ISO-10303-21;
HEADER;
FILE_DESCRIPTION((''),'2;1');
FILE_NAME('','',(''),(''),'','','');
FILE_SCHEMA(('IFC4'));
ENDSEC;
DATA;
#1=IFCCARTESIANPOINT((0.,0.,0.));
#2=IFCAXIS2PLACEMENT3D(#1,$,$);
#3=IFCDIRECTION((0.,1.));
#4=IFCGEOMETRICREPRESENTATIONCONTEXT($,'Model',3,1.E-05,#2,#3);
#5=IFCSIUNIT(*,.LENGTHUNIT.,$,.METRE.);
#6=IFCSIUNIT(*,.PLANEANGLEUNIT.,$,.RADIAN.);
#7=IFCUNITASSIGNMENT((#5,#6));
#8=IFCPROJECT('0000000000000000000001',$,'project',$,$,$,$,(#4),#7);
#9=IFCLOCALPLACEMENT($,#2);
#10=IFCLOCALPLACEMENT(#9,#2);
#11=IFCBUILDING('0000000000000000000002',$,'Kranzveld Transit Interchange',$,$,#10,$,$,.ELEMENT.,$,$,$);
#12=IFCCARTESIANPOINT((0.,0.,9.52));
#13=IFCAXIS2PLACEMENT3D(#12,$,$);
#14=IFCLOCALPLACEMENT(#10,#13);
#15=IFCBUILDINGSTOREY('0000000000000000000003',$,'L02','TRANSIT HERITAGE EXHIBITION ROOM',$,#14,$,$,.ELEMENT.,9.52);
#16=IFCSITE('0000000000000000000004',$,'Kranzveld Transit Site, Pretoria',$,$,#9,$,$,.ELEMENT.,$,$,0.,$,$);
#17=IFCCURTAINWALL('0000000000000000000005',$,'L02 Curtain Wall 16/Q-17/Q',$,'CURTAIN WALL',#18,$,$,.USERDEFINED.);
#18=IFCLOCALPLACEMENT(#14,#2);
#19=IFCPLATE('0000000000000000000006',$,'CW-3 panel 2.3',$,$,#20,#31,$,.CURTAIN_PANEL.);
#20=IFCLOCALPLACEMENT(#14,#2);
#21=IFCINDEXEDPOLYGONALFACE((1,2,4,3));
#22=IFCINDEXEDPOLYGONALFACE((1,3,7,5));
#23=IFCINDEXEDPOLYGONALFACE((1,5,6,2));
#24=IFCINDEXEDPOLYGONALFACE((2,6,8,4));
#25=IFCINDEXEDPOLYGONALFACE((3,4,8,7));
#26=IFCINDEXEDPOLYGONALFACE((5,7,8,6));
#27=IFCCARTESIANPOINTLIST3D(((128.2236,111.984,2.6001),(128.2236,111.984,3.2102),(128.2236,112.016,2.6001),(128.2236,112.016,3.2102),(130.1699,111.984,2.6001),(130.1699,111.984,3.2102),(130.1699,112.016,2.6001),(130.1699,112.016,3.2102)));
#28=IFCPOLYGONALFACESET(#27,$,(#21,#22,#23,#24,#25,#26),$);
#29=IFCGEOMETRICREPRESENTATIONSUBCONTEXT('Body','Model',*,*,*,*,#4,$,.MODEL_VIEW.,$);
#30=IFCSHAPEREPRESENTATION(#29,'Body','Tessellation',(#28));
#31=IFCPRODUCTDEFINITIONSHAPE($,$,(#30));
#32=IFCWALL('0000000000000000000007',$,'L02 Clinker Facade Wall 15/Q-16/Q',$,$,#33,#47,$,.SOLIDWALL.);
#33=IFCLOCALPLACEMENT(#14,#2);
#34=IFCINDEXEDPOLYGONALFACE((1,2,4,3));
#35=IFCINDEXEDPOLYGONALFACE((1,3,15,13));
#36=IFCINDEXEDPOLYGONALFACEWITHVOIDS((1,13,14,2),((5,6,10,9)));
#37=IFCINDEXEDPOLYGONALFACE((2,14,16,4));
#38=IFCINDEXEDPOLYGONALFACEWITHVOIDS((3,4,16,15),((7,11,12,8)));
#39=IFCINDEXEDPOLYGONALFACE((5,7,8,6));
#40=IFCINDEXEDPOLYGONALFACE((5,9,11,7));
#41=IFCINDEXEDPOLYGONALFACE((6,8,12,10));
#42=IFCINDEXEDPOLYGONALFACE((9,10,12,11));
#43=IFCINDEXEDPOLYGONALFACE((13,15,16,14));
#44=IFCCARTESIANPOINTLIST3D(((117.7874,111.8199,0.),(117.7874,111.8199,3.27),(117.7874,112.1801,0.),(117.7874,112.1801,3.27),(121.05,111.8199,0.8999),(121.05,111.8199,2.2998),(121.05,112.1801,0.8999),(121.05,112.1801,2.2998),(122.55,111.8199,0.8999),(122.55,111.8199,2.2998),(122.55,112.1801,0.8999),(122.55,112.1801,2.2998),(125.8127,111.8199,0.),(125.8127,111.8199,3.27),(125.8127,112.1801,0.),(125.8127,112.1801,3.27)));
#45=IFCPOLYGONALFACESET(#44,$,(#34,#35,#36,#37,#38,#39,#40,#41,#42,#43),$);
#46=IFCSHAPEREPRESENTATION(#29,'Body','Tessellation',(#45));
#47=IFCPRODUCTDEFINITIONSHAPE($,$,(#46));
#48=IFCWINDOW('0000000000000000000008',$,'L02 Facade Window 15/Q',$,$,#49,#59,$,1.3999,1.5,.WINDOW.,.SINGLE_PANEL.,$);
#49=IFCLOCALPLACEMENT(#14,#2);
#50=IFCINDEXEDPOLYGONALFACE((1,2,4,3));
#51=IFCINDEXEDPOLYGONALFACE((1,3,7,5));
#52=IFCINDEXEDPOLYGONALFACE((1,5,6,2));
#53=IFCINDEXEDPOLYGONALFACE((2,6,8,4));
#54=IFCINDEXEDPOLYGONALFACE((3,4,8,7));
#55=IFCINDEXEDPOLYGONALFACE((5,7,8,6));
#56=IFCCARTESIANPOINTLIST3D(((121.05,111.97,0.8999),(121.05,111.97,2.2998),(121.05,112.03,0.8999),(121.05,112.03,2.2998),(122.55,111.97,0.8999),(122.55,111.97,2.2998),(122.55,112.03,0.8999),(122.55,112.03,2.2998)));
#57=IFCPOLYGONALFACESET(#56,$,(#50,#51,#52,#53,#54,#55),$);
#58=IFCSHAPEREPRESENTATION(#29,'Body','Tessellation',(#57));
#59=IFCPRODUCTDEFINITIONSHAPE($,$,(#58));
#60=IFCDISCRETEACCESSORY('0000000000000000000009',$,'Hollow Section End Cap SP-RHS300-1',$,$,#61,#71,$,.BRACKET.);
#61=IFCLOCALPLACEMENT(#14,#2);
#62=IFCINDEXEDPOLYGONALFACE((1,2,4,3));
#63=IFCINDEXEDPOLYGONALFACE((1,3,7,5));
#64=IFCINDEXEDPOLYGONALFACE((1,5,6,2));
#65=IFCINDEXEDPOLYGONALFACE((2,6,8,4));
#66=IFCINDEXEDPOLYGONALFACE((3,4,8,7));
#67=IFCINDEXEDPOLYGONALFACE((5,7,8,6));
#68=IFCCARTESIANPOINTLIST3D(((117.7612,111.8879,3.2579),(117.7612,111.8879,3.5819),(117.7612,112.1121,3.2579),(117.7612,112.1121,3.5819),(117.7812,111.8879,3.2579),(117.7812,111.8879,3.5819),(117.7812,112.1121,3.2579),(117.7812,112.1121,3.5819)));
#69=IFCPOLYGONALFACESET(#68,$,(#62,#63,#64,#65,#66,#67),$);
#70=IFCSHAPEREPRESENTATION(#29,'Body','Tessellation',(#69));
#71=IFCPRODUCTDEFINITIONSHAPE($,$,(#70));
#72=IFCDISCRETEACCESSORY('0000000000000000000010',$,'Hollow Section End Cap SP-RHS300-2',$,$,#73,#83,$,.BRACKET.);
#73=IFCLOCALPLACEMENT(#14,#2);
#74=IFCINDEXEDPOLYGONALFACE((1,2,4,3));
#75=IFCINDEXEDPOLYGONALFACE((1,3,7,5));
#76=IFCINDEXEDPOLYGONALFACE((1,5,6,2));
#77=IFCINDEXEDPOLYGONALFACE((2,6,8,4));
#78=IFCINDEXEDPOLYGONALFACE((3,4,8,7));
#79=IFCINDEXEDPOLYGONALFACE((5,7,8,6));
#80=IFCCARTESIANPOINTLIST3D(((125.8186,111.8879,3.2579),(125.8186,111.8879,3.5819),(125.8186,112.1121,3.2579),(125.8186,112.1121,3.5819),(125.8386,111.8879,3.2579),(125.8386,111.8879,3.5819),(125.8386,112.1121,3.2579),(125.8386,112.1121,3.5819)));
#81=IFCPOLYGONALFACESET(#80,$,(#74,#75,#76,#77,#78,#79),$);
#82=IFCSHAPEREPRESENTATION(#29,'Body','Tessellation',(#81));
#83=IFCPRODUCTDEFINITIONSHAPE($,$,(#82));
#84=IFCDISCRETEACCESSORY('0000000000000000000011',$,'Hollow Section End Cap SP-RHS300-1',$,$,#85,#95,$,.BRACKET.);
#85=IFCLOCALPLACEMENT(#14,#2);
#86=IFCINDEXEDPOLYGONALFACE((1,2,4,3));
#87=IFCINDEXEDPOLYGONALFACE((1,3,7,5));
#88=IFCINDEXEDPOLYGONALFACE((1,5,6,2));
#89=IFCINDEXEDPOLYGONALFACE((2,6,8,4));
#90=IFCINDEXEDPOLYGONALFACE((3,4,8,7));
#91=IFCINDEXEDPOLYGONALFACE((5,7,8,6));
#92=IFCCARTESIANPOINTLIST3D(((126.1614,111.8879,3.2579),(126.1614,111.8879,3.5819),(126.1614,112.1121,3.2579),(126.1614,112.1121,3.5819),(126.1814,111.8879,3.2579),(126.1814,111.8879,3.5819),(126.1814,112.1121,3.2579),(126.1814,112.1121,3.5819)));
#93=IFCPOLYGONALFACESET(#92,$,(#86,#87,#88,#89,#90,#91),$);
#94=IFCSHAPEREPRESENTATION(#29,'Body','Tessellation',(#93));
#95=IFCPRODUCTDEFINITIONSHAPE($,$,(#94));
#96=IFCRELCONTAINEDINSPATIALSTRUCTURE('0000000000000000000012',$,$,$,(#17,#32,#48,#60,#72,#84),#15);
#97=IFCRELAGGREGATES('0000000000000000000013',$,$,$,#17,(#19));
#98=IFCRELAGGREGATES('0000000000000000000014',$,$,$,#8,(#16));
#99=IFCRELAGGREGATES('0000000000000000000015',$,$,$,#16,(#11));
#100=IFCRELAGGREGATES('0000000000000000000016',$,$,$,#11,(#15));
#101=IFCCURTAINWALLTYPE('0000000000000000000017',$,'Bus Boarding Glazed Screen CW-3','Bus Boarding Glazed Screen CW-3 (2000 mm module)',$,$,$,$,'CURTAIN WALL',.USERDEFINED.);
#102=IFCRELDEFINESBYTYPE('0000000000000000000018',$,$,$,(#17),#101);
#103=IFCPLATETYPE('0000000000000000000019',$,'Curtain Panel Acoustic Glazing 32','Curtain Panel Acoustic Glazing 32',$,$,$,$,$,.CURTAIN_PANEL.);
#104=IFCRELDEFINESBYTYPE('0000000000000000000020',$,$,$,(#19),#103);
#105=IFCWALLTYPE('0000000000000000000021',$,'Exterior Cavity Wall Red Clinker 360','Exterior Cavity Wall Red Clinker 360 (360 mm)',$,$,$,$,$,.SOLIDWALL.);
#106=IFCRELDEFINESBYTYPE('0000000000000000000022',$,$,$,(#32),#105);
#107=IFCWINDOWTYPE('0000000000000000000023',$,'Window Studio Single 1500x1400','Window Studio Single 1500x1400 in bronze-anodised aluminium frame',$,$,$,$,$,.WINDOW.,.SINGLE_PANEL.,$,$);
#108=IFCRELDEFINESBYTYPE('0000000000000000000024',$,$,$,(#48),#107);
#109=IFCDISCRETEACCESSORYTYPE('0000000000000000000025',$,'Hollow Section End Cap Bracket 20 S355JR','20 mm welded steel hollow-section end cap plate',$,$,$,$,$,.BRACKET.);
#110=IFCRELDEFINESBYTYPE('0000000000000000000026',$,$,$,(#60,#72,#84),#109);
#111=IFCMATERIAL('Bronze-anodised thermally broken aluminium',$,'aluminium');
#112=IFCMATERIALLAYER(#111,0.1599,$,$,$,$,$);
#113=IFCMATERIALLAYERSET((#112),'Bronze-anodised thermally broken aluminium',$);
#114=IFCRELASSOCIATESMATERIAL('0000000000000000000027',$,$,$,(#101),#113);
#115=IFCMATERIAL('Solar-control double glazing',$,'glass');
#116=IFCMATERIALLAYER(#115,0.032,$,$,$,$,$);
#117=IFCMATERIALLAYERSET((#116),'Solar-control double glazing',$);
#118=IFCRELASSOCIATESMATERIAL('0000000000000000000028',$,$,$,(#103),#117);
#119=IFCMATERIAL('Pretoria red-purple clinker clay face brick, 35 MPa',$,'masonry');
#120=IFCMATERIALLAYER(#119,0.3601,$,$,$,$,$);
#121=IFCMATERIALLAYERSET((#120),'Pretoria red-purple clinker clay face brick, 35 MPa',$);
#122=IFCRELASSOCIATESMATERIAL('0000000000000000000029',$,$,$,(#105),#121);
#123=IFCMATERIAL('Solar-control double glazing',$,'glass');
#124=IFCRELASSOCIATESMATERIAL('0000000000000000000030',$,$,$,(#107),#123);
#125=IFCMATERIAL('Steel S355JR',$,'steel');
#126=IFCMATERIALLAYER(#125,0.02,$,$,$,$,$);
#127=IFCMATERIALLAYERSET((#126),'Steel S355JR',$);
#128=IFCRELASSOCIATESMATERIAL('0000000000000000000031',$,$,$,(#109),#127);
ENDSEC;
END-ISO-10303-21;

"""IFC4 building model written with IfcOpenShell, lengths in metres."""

from ifc_helpers import new_model, si_unit, direction, frame, frame_2d, origin, origin_2d, place, context, subcontext, project, spatial, rectangle, extrude, material, layer, layer_set, type_object, element, fill, aggregate, save


model = new_model("IFC4")

# Units and contexts
model_context = context("Model", 3, precision=1e-05, world=origin(), true_north=direction((0.0, 1.0)))
body_context = subcontext(model_context, "Body", "Model", "MODEL_VIEW")
ifc_project = project(units=[si_unit("LENGTHUNIT", "METRE"), si_unit("PLANEANGLEUNIT", "RADIAN")], contexts=[model_context])

# Site, building, storey
site_placement = place(None, origin())
site = spatial("IfcSite", under=ifc_project, at=site_placement, Name="Kranzveld Transit Site, Pretoria", CompositionType="ELEMENT", RefElevation=0.0)
building_placement = place(site_placement, origin())
building = spatial("IfcBuilding", under=site, at=building_placement, Name="Kranzveld Transit Interchange", CompositionType="ELEMENT")
storey_placement = place(building_placement, frame((0.0, 0.0, 9.52)))
storey = spatial("IfcBuildingStorey", under=building, at=storey_placement, Name="L02", Description="TRANSIT HERITAGE EXHIBITION ROOM", CompositionType="ELEMENT", Elevation=9.52)

# Curtain wall
ifc_material_1 = material(Name="Bronze-anodised thermally broken aluminium", Category="aluminium")
ifc_layer_1 = layer(ifc_material_1, 0.1599)
ifc_layer_set_1 = layer_set([ifc_layer_1], Name="Bronze-anodised thermally broken aluminium")
curtain_wall_type = type_object("IfcCurtainWallType", Name="Bus Boarding Glazed Screen CW-3", Description="Bus Boarding Glazed Screen CW-3 (2000 mm module)", ElementType="CURTAIN WALL", PredefinedType="USERDEFINED", material=ifc_layer_set_1)
curtain_wall_placement = place(storey_placement, origin())
curtain_wall = element("IfcCurtainWall", 1, at=curtain_wall_placement, inside=storey, type_object=curtain_wall_type, Name="L02 Curtain Wall 16/Q-17/Q", ObjectType="CURTAIN WALL", PredefinedType="USERDEFINED")

# Plate
ifc_material_2 = material(Name="Solar-control double glazing", Category="glass")
ifc_layer_2 = layer(ifc_material_2, 0.032)
ifc_layer_set_2 = layer_set([ifc_layer_2], Name="Solar-control double glazing")
plate_type = type_object("IfcPlateType", Name="Curtain Panel Acoustic Glazing 32", Description="Curtain Panel Acoustic Glazing 32", PredefinedType="CURTAIN_PANEL", material=ifc_layer_set_2)
plate_1_placement = place(storey_placement, frame((129.1968, 112.0, 2.6001), z_axis=(0.0, 0.0, 1.0), x_axis=(1.0, 0.0, 0.0)))
plate_1 = element("IfcPlate", 2, at=plate_1_placement, type_object=plate_type, Name="CW-3 panel 2.3", PredefinedType="CURTAIN_PANEL", context=body_context, shape_type="SweptSolid", body=[
    extrude(rectangle(XDim=1.9463, YDim=0.032, at=origin_2d()), origin(), (0.0, 0.0, 1.0), 0.6101),
])
aggregate(curtain_wall, [plate_1])

# Wall, opening, window
ifc_material_3 = material(Name="Pretoria red-purple clinker clay face brick, 35 MPa", Category="masonry")
ifc_layer_3 = layer(ifc_material_3, 0.3601)
ifc_layer_set_3 = layer_set([ifc_layer_3], Name="Pretoria red-purple clinker clay face brick, 35 MPa")
wall_type = type_object("IfcWallType", Name="Exterior Cavity Wall Red Clinker 360", Description="Exterior Cavity Wall Red Clinker 360 (360 mm)", PredefinedType="SOLIDWALL", material=ifc_layer_set_3)
wall_placement = place(storey_placement, frame((117.7874, 112.0, 0.0), z_axis=(0.0, 0.0, 1.0), x_axis=(1.0, 0.0, 0.0)))
wall = element("IfcWall", 3, at=wall_placement, inside=storey, type_object=wall_type, Name="L02 Clinker Facade Wall 15/Q-16/Q", PredefinedType="SOLIDWALL", context=body_context, shape_type="SweptSolid", body=[
    extrude(rectangle(XDim=8.0254, YDim=0.3601, at=frame_2d((4.0127, 0.0))), origin(), (0.0, 0.0, 1.0), 3.27),
])
opening_placement = place(wall_placement, frame((3.2627, 0.0, 0.8999), z_axis=(0.0, 0.0, 1.0), x_axis=(1.0, 0.0, 0.0)))
opening = element("IfcOpeningElement", 4, at=opening_placement, cuts=wall, PredefinedType="OPENING", context=body_context, shape_type="SweptSolid", body=[
    extrude(rectangle(XDim=1.5, YDim=1.3999, at=frame_2d((0.75, 0.7))), frame((0.0, 0.1899, 0.0), z_axis=(0.0, -1.0, 0.0), x_axis=(1.0, 0.0, 0.0)), (0.0, 0.0, 1.0), 0.3801),
])
ifc_material_4 = material(Name="Solar-control double glazing", Category="glass")
window_type = type_object("IfcWindowType", Name="Window Studio Single 1500x1400", Description="Window Studio Single 1500x1400 in bronze-anodised aluminium frame", PartitioningType="SINGLE_PANEL", PredefinedType="WINDOW", material=ifc_material_4)
window_placement = place(opening_placement, origin())
window = element("IfcWindow", 5, at=window_placement, inside=storey, type_object=window_type, Name="L02 Facade Window 15/Q", OverallHeight=1.3999, OverallWidth=1.5, PartitioningType="SINGLE_PANEL", PredefinedType="WINDOW", context=body_context, shape_type="SweptSolid", body=[
    extrude(rectangle(XDim=1.5, YDim=1.3999, at=frame_2d((0.75, 0.7))), frame((0.0, 0.03, 0.0), z_axis=(0.0, -1.0, 0.0), x_axis=(1.0, 0.0, 0.0)), (0.0, 0.0, 1.0), 0.0601),
])
fill(opening, window)

# Discrete accessories
ifc_material_5 = material(Name="Steel S355JR", Category="steel")
ifc_layer_4 = layer(ifc_material_5, 0.02)
ifc_layer_set_4 = layer_set([ifc_layer_4], Name="Steel S355JR")
discrete_accessory_type = type_object("IfcDiscreteAccessoryType", Name="Hollow Section End Cap Bracket 20 S355JR", Description="20 mm welded steel hollow-section end cap plate", PredefinedType="BRACKET", material=ifc_layer_set_4)
for number, where, z_axis, x_axis, name in (
    (6, (117.7812, 112.0, 3.4199), (-1.0, 0.0, 0.0), (0.0, -1.0, 0.0), "Hollow Section End Cap SP-RHS300-1"),
    (7, (125.8186, 112.0, 3.4199), (1.0, 0.0, 0.0), (0.0, 1.0, 0.0), "Hollow Section End Cap SP-RHS300-2"),
    (8, (126.1814, 112.0, 3.4199), (-1.0, 0.0, 0.0), (0.0, -1.0, 0.0), "Hollow Section End Cap SP-RHS300-1"),
):
    element("IfcDiscreteAccessory", number, at=place(storey_placement, frame(where, z_axis=z_axis, x_axis=x_axis)), inside=storey, type_object=discrete_accessory_type, Name=name, PredefinedType="BRACKET", context=body_context, shape_type="SweptSolid", body=[
        extrude(rectangle(XDim=0.2241, YDim=0.324, at=origin_2d()), origin(), (0.0, 0.0, 1.0), 0.02),
    ])

save(model, "model.ifc")
